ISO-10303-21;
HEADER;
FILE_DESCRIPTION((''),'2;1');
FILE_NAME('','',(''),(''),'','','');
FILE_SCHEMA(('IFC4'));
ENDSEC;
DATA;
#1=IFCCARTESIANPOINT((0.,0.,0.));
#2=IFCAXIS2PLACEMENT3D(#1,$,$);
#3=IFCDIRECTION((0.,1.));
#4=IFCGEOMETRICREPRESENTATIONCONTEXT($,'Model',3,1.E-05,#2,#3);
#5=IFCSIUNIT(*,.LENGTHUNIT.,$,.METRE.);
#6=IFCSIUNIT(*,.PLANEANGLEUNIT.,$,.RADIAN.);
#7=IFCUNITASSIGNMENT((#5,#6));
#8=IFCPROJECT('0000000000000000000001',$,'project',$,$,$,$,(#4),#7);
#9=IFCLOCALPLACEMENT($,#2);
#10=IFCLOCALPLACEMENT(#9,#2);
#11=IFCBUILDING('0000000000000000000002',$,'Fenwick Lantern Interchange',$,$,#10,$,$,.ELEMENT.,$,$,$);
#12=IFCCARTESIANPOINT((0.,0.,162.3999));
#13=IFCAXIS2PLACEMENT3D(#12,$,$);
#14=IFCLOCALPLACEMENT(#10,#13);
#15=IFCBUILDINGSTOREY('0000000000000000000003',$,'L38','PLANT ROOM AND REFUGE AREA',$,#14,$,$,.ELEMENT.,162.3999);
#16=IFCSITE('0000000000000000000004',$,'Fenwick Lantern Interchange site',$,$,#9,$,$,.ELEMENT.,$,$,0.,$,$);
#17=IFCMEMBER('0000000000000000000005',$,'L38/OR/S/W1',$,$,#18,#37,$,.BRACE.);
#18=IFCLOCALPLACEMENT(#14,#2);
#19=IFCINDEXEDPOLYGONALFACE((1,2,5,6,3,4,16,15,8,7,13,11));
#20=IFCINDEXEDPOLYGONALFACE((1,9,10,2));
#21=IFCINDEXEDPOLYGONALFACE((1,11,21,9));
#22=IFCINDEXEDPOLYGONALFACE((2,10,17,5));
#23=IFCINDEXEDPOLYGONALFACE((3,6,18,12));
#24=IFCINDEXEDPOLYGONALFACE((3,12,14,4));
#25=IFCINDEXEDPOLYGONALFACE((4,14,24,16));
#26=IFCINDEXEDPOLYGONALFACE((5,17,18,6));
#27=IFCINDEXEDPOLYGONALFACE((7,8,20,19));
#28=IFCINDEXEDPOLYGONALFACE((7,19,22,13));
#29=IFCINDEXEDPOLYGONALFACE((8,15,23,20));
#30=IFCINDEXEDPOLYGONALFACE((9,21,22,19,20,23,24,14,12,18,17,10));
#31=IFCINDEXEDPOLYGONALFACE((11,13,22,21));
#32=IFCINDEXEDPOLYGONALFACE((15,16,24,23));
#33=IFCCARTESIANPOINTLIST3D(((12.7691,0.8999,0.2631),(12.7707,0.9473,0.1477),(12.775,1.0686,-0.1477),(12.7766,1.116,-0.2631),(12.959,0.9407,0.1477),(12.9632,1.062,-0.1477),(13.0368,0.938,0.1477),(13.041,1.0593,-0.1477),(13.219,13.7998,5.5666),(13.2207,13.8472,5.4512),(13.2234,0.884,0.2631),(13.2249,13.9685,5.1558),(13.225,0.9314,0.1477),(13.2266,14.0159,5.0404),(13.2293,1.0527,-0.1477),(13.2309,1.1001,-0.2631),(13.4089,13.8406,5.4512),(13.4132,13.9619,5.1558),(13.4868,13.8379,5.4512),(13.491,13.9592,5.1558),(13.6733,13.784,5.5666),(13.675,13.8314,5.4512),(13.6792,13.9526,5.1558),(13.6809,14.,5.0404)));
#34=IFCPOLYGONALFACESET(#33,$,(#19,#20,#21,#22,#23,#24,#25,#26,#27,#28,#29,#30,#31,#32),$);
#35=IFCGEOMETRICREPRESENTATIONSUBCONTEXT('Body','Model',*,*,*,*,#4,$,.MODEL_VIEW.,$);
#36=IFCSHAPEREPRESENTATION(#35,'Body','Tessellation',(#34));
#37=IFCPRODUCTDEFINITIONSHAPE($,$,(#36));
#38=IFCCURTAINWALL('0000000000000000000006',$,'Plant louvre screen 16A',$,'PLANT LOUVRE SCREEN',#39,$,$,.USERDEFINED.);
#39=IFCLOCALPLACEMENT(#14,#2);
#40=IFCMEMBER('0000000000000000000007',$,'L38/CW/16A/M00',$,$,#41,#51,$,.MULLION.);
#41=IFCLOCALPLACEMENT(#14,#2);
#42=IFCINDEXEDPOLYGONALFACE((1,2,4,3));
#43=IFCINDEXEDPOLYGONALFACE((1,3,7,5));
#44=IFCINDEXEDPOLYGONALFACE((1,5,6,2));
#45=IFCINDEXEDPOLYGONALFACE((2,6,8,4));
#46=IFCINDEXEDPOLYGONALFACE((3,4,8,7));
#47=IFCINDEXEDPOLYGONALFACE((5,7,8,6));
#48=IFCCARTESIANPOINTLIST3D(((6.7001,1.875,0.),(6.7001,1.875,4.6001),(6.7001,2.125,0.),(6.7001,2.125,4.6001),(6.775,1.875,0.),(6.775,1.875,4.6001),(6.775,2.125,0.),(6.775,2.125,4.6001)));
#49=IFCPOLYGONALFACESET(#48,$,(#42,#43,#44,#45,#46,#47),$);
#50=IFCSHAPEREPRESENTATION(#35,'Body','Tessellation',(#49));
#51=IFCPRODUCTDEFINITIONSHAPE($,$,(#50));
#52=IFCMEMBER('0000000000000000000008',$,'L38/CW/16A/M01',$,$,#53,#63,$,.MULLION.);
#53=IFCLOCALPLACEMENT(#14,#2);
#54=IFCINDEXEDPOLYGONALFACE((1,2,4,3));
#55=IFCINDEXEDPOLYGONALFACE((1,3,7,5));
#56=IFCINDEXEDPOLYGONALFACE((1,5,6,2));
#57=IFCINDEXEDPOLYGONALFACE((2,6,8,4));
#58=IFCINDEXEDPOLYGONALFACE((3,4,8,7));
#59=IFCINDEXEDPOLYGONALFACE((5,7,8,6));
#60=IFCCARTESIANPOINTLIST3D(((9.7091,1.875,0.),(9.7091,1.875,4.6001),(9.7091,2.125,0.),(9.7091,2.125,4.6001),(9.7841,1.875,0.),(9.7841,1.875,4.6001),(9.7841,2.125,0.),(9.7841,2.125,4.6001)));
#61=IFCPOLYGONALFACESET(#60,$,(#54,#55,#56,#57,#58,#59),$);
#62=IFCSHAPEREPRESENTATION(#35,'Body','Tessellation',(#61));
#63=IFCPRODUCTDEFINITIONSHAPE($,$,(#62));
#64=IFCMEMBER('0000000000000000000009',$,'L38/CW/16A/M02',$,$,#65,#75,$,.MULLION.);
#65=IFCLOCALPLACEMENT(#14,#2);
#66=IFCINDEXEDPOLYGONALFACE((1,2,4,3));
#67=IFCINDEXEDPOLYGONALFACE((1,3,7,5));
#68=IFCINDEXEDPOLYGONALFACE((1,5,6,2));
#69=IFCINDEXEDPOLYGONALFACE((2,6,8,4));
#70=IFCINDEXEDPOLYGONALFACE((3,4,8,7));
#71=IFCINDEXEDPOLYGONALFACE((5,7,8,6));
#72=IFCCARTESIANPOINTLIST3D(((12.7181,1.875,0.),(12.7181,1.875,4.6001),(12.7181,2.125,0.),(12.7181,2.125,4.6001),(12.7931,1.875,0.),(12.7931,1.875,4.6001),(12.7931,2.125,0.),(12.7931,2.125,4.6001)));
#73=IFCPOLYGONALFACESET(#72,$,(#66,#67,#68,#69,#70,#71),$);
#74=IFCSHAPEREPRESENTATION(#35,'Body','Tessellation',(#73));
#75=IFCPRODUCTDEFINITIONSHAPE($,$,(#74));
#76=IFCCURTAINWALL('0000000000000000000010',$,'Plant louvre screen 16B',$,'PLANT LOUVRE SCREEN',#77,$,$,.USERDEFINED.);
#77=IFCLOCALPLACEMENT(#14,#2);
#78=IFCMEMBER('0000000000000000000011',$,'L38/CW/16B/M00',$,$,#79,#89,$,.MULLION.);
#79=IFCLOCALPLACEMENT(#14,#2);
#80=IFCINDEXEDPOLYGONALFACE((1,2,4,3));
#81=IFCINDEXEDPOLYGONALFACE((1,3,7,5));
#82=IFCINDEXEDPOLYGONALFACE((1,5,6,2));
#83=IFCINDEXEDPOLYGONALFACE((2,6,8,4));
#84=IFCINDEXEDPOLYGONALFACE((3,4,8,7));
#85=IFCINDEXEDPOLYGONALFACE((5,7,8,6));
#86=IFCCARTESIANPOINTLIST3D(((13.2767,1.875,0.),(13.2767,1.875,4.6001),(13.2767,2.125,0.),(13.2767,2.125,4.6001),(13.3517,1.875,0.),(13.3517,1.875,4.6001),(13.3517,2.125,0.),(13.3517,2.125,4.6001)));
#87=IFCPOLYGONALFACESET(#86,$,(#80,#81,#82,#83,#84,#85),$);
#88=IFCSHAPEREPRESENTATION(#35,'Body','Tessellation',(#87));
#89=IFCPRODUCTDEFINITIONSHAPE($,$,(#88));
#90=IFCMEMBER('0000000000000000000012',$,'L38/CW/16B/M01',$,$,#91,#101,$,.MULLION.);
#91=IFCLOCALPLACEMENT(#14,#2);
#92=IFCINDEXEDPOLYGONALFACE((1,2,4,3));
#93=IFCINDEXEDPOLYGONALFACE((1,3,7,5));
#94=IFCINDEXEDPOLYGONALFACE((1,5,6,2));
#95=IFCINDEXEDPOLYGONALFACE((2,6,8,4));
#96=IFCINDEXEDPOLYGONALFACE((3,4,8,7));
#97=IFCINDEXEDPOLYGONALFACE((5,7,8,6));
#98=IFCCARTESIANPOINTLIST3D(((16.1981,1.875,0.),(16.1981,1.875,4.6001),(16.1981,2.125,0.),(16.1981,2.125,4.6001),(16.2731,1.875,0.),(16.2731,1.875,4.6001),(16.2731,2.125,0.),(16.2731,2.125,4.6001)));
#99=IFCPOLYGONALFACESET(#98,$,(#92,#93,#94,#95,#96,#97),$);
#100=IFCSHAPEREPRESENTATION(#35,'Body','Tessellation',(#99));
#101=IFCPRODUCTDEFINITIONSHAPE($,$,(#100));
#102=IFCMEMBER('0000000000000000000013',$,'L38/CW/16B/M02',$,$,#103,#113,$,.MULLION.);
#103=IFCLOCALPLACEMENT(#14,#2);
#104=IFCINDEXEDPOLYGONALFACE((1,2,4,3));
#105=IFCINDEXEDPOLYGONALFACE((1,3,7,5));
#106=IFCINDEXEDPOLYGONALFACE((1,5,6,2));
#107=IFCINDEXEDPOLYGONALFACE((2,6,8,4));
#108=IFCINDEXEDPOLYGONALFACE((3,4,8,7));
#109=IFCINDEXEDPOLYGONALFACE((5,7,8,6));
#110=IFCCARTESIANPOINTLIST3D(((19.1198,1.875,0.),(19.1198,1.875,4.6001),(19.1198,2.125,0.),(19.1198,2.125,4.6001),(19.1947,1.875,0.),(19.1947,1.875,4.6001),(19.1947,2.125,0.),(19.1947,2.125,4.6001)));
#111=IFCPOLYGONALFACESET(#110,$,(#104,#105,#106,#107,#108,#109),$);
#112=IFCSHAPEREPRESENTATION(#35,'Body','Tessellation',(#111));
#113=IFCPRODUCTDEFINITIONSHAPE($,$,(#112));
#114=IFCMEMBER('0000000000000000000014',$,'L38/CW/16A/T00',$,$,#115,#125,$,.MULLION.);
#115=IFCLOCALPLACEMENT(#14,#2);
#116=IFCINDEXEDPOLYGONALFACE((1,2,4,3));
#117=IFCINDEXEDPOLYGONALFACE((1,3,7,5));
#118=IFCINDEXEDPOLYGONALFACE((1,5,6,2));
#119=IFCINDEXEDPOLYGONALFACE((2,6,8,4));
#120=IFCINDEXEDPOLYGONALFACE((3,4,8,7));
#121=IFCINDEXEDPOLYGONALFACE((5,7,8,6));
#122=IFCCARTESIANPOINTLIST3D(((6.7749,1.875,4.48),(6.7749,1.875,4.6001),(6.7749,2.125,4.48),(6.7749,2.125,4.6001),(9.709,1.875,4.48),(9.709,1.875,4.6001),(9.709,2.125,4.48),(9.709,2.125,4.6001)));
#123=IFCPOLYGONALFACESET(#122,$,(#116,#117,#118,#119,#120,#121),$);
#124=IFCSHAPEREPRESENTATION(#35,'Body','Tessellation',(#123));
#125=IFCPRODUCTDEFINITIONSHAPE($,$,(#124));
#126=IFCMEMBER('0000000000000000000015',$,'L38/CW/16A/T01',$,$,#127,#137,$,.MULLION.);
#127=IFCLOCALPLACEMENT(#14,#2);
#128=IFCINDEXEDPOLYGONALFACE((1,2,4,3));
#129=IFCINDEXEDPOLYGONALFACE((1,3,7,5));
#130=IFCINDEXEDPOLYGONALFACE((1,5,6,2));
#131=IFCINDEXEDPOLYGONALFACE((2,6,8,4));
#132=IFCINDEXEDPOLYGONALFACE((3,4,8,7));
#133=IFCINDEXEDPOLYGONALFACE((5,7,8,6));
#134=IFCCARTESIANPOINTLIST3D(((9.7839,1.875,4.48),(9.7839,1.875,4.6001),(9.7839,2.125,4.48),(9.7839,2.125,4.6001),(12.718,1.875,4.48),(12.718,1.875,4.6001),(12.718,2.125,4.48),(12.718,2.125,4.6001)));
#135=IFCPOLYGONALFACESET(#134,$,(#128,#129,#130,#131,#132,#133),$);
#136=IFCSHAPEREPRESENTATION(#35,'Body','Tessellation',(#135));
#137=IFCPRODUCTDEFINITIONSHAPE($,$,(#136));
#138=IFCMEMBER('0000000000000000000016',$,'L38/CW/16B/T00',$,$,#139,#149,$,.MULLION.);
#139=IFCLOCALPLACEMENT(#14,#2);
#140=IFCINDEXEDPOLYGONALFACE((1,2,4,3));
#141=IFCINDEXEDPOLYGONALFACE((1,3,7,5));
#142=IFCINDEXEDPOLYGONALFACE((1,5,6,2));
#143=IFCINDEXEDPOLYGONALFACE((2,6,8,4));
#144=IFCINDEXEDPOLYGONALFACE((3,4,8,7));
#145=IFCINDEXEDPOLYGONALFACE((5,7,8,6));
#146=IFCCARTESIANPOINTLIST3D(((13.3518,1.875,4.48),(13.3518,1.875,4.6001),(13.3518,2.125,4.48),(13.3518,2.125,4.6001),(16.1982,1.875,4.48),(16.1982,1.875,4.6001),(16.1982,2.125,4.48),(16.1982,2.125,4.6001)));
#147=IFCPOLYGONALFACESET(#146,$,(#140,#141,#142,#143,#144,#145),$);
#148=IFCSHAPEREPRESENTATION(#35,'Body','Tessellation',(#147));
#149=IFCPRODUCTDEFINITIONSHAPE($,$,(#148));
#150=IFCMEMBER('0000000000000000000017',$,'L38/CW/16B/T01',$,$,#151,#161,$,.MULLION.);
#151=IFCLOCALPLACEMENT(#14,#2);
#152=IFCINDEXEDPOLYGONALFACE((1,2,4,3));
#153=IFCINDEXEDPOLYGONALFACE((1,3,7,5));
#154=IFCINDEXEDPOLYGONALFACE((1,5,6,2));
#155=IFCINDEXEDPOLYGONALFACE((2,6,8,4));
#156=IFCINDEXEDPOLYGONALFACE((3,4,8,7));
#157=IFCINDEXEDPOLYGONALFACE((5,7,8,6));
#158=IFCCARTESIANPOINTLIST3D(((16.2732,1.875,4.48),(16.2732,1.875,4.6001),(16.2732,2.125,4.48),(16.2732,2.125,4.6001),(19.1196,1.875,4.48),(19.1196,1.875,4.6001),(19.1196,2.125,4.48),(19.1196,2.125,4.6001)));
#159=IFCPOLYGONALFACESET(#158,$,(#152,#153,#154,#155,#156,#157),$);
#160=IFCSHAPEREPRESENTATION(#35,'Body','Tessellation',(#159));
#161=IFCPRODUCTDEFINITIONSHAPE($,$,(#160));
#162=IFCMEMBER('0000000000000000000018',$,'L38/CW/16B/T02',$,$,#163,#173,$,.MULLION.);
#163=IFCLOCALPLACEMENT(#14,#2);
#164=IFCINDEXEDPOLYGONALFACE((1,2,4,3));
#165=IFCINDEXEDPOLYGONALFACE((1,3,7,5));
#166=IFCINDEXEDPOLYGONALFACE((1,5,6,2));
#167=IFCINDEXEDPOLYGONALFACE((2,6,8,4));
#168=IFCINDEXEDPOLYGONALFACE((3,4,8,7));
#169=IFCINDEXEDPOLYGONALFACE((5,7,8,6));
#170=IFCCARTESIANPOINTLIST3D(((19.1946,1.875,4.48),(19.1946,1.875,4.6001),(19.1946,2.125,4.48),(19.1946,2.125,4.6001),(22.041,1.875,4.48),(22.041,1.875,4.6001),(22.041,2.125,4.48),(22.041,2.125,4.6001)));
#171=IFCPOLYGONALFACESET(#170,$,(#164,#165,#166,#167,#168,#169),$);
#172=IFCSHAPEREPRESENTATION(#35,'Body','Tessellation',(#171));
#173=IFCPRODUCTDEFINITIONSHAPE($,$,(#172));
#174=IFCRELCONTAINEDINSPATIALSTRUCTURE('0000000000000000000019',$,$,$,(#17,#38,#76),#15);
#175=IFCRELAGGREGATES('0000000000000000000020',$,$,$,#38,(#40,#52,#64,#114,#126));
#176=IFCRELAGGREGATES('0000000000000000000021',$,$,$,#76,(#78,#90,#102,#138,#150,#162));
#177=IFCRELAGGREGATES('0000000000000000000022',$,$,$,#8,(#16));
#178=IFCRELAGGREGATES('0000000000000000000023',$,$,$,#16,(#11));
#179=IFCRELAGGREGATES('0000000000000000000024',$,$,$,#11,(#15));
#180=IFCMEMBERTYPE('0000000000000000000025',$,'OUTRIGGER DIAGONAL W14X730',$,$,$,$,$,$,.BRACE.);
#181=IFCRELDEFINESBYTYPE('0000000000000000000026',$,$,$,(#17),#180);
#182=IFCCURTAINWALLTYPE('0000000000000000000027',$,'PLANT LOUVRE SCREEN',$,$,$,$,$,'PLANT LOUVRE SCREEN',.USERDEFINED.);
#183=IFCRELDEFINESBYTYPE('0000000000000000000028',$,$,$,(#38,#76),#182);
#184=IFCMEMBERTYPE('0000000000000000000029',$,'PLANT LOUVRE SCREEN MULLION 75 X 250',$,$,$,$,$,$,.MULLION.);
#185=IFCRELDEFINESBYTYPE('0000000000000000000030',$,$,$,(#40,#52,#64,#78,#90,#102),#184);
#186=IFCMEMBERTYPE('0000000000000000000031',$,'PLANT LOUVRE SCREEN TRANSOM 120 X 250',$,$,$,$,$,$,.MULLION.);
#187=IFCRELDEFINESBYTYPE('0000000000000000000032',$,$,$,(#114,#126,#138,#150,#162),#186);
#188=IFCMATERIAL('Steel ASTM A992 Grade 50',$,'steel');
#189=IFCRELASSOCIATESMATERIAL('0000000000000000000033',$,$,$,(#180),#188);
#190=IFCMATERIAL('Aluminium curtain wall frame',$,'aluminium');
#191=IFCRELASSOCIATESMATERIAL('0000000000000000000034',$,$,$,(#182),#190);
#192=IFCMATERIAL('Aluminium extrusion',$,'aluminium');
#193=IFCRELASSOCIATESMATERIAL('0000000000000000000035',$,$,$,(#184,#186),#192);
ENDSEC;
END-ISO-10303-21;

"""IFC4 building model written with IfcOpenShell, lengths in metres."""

from ifc_helpers import new_model, si_unit, direction, frame, origin, origin_2d, place, context, subcontext, project, spatial, rectangle, i_section, extrude, material, material_profile, profile_set, type_object, element, aggregate, save


model = new_model("IFC4")

# Units and contexts
model_context = context("Model", 3, precision=1e-05, world=origin(), true_north=direction((0.0, 1.0)))
body_context = subcontext(model_context, "Body", "Model", "MODEL_VIEW")
ifc_project = project(units=[si_unit("LENGTHUNIT", "METRE"), si_unit("PLANEANGLEUNIT", "RADIAN")], contexts=[model_context])

# Site, building, storey
site_placement = place(None, origin())
site = spatial("IfcSite", under=ifc_project, at=site_placement, Name="Fenwick Lantern Interchange site", CompositionType="ELEMENT", RefElevation=0.0)
building_placement = place(site_placement, origin())
building = spatial("IfcBuilding", under=site, at=building_placement, Name="Fenwick Lantern Interchange", CompositionType="ELEMENT")
storey_placement = place(building_placement, frame((0.0, 0.0, 162.3999)))
storey = spatial("IfcBuildingStorey", under=building, at=storey_placement, Name="L38", Description="PLANT ROOM AND REFUGE AREA", CompositionType="ELEMENT", Elevation=162.3999)

# Shared definitions
ifc_material_1 = material(Name="Steel ASTM A992 Grade 50", Category="steel")

# Member
ifc_material_profile_1 = material_profile(ifc_material_1, i_section(OverallWidth=0.4546, OverallDepth=0.5688, WebThickness=0.0779, FlangeThickness=0.1248, at=origin_2d()), Name="W14X730")
ifc_profile_set_1 = profile_set([ifc_material_profile_1], Name="Steel ASTM A992 Grade 50")
member_type_1 = type_object("IfcMemberType", Name="OUTRIGGER DIAGONAL W14X730", PredefinedType="BRACE", material=ifc_profile_set_1)
member_1_placement = place(storey_placement, frame((13.0, 1.0, 0.0), z_axis=(0.032243, 0.924406, 0.380046), x_axis=(-0.999392, 0.034859, 0.0)))
element("IfcMember", 1, at=member_1_placement, inside=storey, type_object=member_type_1, Name="L38/OR/S/W1", PredefinedType="BRACE", context=body_context, shape_type="SweptSolid", body=[
    extrude(i_section(OverallWidth=0.4546, OverallDepth=0.5688, WebThickness=0.0779, FlangeThickness=0.1248, at=origin_2d()), origin(), (0.0, 0.0, 1.0), 13.9548),
])

# Curtain walls, members
ifc_material_2 = material(Name="Aluminium curtain wall frame", Category="aluminium")
curtain_wall_type = type_object("IfcCurtainWallType", Name="PLANT LOUVRE SCREEN", ElementType="PLANT LOUVRE SCREEN", PredefinedType="USERDEFINED", material=ifc_material_2)
curtain_wall_1_placement = place(storey_placement, origin())
curtain_wall_1 = element("IfcCurtainWall", 2, at=curtain_wall_1_placement, inside=storey, type_object=curtain_wall_type, Name="Plant louvre screen 16A", ObjectType="PLANT LOUVRE SCREEN", PredefinedType="USERDEFINED")
ifc_material_3 = material(Name="Aluminium extrusion", Category="aluminium")
ifc_material_profile_2 = material_profile(ifc_material_3, rectangle(XDim=0.25, YDim=0.075, at=origin_2d()), Name="PLANT LOUVRE SCREEN MULLION 75 X 250")
ifc_profile_set_2 = profile_set([ifc_material_profile_2], Name="Aluminium extrusion")
member_type_2 = type_object("IfcMemberType", Name="PLANT LOUVRE SCREEN MULLION 75 X 250", PredefinedType="MULLION", material=ifc_profile_set_2)
member_2_placement = place(storey_placement, frame((6.7375, 2.0, 0.0), z_axis=(0.0, 0.0, 1.0), x_axis=(0.0, 1.0, 0.0)))
member_2 = element("IfcMember", 3, at=member_2_placement, type_object=member_type_2, Name="L38/CW/16A/M00", PredefinedType="MULLION", context=body_context, shape_type="SweptSolid", body=[
    extrude(rectangle(XDim=0.25, YDim=0.075, at=origin_2d()), origin(), (0.0, 0.0, 1.0), 4.6001),
])
member_3_placement = place(storey_placement, frame((9.7466, 2.0, 0.0), z_axis=(0.0, 0.0, 1.0), x_axis=(0.0, 1.0, 0.0)))
member_3 = element("IfcMember", 4, at=member_3_placement, type_object=member_type_2, Name="L38/CW/16A/M01", PredefinedType="MULLION", context=body_context, shape_type="SweptSolid", body=[
    extrude(rectangle(XDim=0.25, YDim=0.075, at=origin_2d()), origin(), (0.0, 0.0, 1.0), 4.6001),
])
member_4_placement = place(storey_placement, frame((12.7556, 2.0, 0.0), z_axis=(0.0, 0.0, 1.0), x_axis=(0.0, 1.0, 0.0)))
member_4 = element("IfcMember", 5, at=member_4_placement, type_object=member_type_2, Name="L38/CW/16A/M02", PredefinedType="MULLION", context=body_context, shape_type="SweptSolid", body=[
    extrude(rectangle(XDim=0.25, YDim=0.075, at=origin_2d()), origin(), (0.0, 0.0, 1.0), 4.6001),
])
curtain_wall_2_placement = place(storey_placement, origin())
curtain_wall_2 = element("IfcCurtainWall", 6, at=curtain_wall_2_placement, inside=storey, type_object=curtain_wall_type, Name="Plant louvre screen 16B", ObjectType="PLANT LOUVRE SCREEN", PredefinedType="USERDEFINED")
member_5_placement = place(storey_placement, frame((13.3142, 2.0, 0.0), z_axis=(0.0, 0.0, 1.0), x_axis=(0.0, 1.0, 0.0)))
member_5 = element("IfcMember", 7, at=member_5_placement, type_object=member_type_2, Name="L38/CW/16B/M00", PredefinedType="MULLION", context=body_context, shape_type="SweptSolid", body=[
    extrude(rectangle(XDim=0.25, YDim=0.075, at=origin_2d()), origin(), (0.0, 0.0, 1.0), 4.6001),
])
member_6_placement = place(storey_placement, frame((16.2356, 2.0, 0.0), z_axis=(0.0, 0.0, 1.0), x_axis=(0.0, 1.0, 0.0)))
member_6 = element("IfcMember", 8, at=member_6_placement, type_object=member_type_2, Name="L38/CW/16B/M01", PredefinedType="MULLION", context=body_context, shape_type="SweptSolid", body=[
    extrude(rectangle(XDim=0.25, YDim=0.075, at=origin_2d()), origin(), (0.0, 0.0, 1.0), 4.6001),
])
member_7_placement = place(storey_placement, frame((19.1572, 2.0, 0.0), z_axis=(0.0, 0.0, 1.0), x_axis=(0.0, 1.0, 0.0)))
member_7 = element("IfcMember", 9, at=member_7_placement, type_object=member_type_2, Name="L38/CW/16B/M02", PredefinedType="MULLION", context=body_context, shape_type="SweptSolid", body=[
    extrude(rectangle(XDim=0.25, YDim=0.075, at=origin_2d()), origin(), (0.0, 0.0, 1.0), 4.6001),
])

# Members
ifc_material_profile_3 = material_profile(ifc_material_3, rectangle(XDim=0.25, YDim=0.1201, at=origin_2d()), Name="PLANT LOUVRE SCREEN TRANSOM 120 X 250")
ifc_profile_set_3 = profile_set([ifc_material_profile_3], Name="Aluminium extrusion")
member_type_3 = type_object("IfcMemberType", Name="PLANT LOUVRE SCREEN TRANSOM 120 X 250", PredefinedType="MULLION", material=ifc_profile_set_3)
member_8_placement = place(storey_placement, frame((6.7749, 2.0, 4.54), z_axis=(1.0, 0.0, 0.0), x_axis=(0.0, 1.0, 0.0)))
member_8 = element("IfcMember", 10, at=member_8_placement, type_object=member_type_3, Name="L38/CW/16A/T00", PredefinedType="MULLION", context=body_context, shape_type="SweptSolid", body=[
    extrude(rectangle(XDim=0.25, YDim=0.1201, at=origin_2d()), origin(), (0.0, 0.0, 1.0), 2.9341),
])
member_9_placement = place(storey_placement, frame((9.7839, 2.0, 4.54), z_axis=(1.0, 0.0, 0.0), x_axis=(0.0, 1.0, 0.0)))
member_9 = element("IfcMember", 11, at=member_9_placement, type_object=member_type_3, Name="L38/CW/16A/T01", PredefinedType="MULLION", context=body_context, shape_type="SweptSolid", body=[
    extrude(rectangle(XDim=0.25, YDim=0.1201, at=origin_2d()), origin(), (0.0, 0.0, 1.0), 2.9341),
])
member_10_placement = place(storey_placement, frame((13.3518, 2.0, 4.54), z_axis=(1.0, 0.0, 0.0), x_axis=(0.0, 1.0, 0.0)))
member_10 = element("IfcMember", 12, at=member_10_placement, type_object=member_type_3, Name="L38/CW/16B/T00", PredefinedType="MULLION", context=body_context, shape_type="SweptSolid", body=[
    extrude(rectangle(XDim=0.25, YDim=0.1201, at=origin_2d()), origin(), (0.0, 0.0, 1.0), 2.8464),
])
member_11_placement = place(storey_placement, frame((16.2732, 2.0, 4.54), z_axis=(1.0, 0.0, 0.0), x_axis=(0.0, 1.0, 0.0)))
member_11 = element("IfcMember", 13, at=member_11_placement, type_object=member_type_3, Name="L38/CW/16B/T01", PredefinedType="MULLION", context=body_context, shape_type="SweptSolid", body=[
    extrude(rectangle(XDim=0.25, YDim=0.1201, at=origin_2d()), origin(), (0.0, 0.0, 1.0), 2.8464),
])
member_12_placement = place(storey_placement, frame((19.1946, 2.0, 4.54), z_axis=(1.0, 0.0, 0.0), x_axis=(0.0, 1.0, 0.0)))
member_12 = element("IfcMember", 14, at=member_12_placement, type_object=member_type_3, Name="L38/CW/16B/T02", PredefinedType="MULLION", context=body_context, shape_type="SweptSolid", body=[
    extrude(rectangle(XDim=0.25, YDim=0.1201, at=origin_2d()), origin(), (0.0, 0.0, 1.0), 2.8464),
])

aggregate(curtain_wall_1, [member_2, member_3, member_4, member_8, member_9])
aggregate(curtain_wall_2, [member_5, member_6, member_7, member_10, member_11, member_12])

save(model, "model.ifc")
